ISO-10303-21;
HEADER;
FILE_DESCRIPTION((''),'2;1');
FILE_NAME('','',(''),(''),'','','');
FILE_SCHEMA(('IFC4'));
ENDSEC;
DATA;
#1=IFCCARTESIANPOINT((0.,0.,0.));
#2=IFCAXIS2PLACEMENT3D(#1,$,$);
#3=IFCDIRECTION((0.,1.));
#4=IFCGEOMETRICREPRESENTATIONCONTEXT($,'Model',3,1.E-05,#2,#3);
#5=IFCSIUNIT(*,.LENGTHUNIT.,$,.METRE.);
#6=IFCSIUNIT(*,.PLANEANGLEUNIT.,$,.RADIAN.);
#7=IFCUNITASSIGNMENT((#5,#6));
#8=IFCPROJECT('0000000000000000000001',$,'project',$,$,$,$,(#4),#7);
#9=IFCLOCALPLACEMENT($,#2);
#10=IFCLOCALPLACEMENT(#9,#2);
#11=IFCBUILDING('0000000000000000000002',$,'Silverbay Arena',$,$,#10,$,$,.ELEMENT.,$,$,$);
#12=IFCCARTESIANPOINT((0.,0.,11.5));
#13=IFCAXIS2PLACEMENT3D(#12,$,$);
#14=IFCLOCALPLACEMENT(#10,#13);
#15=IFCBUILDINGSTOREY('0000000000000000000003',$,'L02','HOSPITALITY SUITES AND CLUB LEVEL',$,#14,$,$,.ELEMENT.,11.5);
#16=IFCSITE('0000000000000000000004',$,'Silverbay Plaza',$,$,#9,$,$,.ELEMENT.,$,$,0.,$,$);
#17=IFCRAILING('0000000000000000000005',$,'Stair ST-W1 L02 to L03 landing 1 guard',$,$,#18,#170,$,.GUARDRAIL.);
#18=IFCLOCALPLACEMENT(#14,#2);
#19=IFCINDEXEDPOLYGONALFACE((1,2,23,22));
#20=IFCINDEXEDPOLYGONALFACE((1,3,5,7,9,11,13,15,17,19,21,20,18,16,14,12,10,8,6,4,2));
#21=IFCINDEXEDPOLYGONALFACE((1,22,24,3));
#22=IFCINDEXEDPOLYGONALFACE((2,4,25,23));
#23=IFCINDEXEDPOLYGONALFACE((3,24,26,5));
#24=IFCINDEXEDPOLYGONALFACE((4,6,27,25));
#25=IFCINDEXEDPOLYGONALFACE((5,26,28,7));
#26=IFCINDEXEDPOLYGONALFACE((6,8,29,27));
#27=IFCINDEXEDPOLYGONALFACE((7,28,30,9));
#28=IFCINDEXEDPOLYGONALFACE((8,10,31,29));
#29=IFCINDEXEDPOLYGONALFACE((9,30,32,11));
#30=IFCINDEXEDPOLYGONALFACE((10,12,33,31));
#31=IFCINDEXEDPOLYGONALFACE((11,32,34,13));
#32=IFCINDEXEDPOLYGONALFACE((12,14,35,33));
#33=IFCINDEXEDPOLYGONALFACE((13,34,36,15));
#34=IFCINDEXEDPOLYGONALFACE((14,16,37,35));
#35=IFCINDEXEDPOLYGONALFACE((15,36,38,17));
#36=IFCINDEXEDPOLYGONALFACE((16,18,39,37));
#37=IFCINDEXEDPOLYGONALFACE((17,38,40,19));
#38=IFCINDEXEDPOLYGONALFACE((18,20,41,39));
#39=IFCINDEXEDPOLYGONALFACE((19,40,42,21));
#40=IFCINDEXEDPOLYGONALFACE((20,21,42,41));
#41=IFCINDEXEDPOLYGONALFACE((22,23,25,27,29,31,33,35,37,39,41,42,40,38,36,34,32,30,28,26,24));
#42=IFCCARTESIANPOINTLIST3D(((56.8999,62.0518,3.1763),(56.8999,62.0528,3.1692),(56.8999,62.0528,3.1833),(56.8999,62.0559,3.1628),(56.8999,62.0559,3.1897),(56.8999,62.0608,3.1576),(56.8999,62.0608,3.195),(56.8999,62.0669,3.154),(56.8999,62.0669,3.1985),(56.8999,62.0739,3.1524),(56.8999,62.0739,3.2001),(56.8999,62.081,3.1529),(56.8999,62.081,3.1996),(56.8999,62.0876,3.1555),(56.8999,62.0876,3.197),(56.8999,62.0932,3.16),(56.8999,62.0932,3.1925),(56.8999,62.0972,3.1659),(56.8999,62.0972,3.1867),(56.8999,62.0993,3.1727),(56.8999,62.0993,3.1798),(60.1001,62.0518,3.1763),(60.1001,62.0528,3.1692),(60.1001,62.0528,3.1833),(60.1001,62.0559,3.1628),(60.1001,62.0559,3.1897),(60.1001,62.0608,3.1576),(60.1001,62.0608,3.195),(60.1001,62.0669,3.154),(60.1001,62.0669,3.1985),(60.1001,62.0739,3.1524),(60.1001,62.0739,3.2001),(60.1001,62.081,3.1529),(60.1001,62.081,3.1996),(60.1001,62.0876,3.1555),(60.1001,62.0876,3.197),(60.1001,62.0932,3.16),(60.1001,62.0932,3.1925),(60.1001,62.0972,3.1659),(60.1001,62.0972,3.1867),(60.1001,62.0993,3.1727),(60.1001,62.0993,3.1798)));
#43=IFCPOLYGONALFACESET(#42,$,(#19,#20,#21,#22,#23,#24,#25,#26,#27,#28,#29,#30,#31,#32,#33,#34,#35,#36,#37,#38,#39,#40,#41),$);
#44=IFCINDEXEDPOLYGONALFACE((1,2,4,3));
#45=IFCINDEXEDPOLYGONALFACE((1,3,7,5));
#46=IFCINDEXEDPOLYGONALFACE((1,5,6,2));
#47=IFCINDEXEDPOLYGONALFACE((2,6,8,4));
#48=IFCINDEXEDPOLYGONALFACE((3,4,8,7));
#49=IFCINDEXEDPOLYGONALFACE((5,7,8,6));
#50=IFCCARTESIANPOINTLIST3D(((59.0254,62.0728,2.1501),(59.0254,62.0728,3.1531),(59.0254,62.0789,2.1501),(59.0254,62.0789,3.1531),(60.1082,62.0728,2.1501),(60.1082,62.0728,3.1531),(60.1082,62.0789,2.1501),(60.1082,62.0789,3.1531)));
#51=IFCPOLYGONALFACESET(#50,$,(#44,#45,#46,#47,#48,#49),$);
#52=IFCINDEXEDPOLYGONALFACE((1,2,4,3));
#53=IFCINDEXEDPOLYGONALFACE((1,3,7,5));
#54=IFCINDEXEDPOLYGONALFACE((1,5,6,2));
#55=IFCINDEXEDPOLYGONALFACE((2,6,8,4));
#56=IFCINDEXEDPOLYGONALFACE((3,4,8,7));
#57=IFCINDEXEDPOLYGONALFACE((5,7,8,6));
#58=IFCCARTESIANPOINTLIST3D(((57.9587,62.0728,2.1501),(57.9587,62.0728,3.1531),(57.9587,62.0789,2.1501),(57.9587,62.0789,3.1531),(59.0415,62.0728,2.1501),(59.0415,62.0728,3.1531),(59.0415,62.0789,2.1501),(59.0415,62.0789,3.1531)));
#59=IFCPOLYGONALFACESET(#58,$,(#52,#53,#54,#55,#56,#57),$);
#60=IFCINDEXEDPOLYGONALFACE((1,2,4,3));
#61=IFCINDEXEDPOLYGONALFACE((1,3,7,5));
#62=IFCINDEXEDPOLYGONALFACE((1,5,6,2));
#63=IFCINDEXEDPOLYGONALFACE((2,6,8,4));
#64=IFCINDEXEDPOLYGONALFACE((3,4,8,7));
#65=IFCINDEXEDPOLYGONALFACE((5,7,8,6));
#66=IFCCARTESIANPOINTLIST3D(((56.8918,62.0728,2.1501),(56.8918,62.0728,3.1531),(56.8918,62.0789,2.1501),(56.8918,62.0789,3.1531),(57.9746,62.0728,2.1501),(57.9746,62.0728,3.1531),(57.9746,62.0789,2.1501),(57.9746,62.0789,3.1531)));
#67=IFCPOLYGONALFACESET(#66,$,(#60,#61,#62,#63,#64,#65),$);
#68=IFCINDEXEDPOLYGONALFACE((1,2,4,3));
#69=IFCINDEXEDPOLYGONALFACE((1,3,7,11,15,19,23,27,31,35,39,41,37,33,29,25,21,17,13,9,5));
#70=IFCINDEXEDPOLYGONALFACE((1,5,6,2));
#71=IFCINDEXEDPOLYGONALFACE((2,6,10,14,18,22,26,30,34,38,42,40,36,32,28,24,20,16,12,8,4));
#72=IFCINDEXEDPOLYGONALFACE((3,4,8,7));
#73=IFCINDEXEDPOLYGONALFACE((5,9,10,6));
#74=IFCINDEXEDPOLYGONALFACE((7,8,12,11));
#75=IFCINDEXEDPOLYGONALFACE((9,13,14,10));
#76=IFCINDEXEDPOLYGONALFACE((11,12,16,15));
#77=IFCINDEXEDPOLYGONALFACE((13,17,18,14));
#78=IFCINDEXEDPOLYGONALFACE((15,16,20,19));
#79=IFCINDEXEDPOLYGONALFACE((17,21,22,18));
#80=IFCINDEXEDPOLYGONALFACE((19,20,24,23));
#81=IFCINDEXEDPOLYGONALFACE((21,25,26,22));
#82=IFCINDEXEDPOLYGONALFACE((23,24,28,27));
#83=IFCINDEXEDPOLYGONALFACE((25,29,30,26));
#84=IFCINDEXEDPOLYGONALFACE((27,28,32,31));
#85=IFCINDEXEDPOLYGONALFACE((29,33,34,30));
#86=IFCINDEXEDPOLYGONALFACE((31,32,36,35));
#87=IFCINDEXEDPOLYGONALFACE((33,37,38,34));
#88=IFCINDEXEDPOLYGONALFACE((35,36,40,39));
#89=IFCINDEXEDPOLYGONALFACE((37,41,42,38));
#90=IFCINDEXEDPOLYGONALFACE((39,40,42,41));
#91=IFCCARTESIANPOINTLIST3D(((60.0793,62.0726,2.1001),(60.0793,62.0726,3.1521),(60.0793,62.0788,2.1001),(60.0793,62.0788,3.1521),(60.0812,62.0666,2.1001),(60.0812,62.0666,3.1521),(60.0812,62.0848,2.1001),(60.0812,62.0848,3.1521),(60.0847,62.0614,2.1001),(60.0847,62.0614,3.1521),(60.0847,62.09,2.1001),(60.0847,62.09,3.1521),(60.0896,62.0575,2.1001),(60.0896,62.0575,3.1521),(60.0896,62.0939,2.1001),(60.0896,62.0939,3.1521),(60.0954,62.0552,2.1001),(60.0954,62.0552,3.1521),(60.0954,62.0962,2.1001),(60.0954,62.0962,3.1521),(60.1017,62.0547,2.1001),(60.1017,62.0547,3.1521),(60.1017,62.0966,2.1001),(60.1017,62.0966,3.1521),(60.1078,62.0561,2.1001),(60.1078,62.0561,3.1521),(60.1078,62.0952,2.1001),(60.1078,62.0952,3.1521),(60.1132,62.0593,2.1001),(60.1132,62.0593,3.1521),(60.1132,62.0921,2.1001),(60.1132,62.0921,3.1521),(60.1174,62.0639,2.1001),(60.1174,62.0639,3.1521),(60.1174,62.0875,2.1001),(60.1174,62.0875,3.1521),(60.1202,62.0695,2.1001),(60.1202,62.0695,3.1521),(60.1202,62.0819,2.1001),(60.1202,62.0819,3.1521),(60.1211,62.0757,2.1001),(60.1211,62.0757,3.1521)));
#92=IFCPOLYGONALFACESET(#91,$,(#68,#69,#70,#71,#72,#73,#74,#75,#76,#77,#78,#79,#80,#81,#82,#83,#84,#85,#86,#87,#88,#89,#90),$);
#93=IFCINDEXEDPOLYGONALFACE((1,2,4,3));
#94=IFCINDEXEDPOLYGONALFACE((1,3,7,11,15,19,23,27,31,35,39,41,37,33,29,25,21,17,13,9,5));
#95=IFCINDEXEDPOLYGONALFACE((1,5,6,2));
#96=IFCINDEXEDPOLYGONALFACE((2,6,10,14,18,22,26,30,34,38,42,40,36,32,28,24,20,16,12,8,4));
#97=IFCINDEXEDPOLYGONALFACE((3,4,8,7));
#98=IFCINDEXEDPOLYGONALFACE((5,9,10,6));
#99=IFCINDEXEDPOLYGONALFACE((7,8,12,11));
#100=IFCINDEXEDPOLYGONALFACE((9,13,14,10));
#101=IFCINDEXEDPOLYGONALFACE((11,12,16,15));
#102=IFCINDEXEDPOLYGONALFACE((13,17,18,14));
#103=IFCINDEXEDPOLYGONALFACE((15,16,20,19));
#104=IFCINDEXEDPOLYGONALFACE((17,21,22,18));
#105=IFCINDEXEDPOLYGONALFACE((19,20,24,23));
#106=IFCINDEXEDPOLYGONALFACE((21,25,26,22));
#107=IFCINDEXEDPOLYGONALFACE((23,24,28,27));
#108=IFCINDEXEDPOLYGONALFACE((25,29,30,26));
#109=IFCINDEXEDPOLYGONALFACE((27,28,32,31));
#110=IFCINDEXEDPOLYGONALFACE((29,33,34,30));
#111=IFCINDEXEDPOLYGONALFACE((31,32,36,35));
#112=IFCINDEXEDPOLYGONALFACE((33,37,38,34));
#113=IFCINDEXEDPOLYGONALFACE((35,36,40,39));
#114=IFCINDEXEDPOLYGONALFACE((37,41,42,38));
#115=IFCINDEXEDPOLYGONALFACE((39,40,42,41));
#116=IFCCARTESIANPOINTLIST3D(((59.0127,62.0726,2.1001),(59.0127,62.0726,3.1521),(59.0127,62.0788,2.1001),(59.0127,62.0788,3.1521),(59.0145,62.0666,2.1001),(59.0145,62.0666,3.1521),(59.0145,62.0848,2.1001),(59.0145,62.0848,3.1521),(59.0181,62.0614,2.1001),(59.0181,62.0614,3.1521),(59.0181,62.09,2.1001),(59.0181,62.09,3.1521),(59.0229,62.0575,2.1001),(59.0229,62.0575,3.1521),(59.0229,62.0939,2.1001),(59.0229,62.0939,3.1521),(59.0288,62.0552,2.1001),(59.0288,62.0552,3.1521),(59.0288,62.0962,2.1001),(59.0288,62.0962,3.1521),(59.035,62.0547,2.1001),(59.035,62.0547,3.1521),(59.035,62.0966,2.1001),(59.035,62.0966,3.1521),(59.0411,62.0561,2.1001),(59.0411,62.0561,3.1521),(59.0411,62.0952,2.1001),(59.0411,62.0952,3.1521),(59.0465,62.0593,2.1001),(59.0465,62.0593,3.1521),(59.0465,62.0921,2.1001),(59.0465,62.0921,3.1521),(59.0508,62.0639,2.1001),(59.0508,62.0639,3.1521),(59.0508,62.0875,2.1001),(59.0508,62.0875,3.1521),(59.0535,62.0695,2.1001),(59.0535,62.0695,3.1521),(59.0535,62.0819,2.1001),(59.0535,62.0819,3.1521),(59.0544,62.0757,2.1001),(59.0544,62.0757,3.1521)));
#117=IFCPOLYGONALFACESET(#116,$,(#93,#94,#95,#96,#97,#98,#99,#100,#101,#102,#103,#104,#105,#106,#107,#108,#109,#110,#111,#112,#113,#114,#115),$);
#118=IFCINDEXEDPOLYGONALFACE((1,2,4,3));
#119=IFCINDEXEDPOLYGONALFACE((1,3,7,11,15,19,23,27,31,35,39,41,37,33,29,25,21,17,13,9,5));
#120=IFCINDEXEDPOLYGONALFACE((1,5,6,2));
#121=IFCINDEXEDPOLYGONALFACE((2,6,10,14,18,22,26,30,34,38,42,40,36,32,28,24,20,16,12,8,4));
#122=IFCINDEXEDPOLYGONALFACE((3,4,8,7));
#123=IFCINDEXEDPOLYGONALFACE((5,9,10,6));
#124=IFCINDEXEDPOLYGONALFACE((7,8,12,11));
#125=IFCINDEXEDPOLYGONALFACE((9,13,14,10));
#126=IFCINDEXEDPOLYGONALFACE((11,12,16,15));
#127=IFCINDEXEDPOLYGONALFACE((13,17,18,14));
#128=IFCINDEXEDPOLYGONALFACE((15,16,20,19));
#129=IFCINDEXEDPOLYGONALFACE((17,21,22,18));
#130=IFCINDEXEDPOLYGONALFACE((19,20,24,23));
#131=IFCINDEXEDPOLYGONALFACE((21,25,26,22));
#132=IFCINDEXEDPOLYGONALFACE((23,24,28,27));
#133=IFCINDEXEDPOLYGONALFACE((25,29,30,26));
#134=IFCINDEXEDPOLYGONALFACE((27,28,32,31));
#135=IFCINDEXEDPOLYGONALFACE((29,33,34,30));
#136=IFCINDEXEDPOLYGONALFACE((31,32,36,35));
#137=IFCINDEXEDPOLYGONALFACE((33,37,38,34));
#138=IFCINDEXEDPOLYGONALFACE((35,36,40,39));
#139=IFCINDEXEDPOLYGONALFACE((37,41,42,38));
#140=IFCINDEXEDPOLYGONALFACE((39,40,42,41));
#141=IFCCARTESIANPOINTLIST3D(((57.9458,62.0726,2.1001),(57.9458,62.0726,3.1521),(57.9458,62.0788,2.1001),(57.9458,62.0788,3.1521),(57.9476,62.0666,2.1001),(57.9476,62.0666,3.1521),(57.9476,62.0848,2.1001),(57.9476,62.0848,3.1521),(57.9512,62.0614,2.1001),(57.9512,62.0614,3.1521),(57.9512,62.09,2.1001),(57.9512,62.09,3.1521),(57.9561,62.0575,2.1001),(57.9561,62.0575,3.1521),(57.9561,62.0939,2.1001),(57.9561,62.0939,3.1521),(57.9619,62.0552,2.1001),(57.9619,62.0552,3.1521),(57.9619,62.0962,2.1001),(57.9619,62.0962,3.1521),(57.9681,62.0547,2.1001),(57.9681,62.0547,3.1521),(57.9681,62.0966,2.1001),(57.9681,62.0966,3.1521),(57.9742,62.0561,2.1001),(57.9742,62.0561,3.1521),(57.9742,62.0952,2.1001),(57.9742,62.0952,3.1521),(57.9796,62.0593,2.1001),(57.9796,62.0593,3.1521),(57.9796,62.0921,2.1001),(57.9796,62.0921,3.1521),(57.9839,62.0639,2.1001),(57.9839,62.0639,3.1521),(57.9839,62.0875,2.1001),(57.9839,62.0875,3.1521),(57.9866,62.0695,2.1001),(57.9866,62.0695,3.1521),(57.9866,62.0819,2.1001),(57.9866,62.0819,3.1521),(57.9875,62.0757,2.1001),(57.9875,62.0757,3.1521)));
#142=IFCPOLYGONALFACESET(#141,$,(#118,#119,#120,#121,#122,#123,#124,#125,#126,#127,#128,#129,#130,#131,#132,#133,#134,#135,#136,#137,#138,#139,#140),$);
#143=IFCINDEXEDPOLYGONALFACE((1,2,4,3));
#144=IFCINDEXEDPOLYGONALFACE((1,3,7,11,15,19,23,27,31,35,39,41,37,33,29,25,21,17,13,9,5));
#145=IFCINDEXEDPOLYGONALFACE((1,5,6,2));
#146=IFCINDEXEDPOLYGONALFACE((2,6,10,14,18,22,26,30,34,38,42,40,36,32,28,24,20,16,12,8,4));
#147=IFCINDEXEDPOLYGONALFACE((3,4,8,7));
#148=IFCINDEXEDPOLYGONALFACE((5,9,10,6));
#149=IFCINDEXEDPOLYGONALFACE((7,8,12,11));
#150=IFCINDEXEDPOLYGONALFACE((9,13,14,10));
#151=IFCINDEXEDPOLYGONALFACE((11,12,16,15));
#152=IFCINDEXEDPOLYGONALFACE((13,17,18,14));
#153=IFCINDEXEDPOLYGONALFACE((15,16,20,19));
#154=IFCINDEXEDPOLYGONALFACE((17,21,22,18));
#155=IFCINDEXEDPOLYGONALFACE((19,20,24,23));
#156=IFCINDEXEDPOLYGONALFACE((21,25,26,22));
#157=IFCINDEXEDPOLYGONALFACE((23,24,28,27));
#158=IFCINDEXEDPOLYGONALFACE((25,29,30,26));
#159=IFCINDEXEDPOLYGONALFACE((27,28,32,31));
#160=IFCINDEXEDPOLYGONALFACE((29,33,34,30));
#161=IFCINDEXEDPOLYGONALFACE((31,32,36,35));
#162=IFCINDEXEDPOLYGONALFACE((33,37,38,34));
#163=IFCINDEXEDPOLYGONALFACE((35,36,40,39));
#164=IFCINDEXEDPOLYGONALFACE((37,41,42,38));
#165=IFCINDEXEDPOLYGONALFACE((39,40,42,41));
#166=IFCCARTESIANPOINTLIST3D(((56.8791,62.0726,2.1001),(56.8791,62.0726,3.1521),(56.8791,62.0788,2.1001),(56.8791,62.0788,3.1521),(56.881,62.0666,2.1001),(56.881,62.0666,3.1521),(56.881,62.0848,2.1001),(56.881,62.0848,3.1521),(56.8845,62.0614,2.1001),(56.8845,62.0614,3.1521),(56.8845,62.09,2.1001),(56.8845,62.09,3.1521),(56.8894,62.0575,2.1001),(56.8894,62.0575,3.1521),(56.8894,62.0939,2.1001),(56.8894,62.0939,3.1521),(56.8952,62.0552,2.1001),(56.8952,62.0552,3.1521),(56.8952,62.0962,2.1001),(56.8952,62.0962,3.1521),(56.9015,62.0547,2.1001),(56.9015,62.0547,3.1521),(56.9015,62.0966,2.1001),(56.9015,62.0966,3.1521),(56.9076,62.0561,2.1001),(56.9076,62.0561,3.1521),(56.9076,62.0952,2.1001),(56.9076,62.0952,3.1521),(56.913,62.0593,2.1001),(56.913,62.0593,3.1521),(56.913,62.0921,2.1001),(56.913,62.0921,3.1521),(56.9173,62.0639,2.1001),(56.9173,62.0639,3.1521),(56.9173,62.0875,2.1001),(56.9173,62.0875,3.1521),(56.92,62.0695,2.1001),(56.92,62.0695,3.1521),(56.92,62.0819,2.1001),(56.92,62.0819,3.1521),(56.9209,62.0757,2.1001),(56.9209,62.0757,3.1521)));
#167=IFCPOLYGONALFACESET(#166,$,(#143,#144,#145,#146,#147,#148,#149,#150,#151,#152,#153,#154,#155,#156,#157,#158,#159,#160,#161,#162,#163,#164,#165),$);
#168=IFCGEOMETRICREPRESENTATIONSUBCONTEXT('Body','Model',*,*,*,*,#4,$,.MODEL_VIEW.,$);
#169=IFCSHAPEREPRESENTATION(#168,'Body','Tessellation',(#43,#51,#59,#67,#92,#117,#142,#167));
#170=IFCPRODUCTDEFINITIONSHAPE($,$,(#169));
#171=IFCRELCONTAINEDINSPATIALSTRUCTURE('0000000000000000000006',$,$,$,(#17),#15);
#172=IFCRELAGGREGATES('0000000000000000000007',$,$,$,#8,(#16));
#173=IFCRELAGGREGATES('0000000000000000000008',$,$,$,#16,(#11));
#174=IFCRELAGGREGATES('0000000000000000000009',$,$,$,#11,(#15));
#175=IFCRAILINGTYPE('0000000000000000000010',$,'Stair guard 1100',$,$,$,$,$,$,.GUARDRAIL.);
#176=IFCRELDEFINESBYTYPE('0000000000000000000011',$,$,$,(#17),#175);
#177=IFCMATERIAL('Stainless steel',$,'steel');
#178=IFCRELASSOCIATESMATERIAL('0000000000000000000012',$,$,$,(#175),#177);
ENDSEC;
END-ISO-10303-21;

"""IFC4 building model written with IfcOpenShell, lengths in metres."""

from ifc_helpers import new_model, si_unit, direction, frame, origin, origin_2d, place, context, subcontext, project, spatial, polyline, circle, outline, extrude, material, type_object, element, save


model = new_model("IFC4")

# Units and contexts
model_context = context("Model", 3, precision=1e-05, world=origin(), true_north=direction((0.0, 1.0)))
body_context = subcontext(model_context, "Body", "Model", "MODEL_VIEW")
ifc_project = project(units=[si_unit("LENGTHUNIT", "METRE"), si_unit("PLANEANGLEUNIT", "RADIAN")], contexts=[model_context])

# Site, building, storey
site_placement = place(None, origin())
site = spatial("IfcSite", under=ifc_project, at=site_placement, Name="Silverbay Plaza", CompositionType="ELEMENT", RefElevation=0.0)
building_placement = place(site_placement, origin())
building = spatial("IfcBuilding", under=site, at=building_placement, Name="Silverbay Arena", CompositionType="ELEMENT")
storey_placement = place(building_placement, frame((0.0, 0.0, 11.5)))
storey = spatial("IfcBuildingStorey", under=building, at=storey_placement, Name="L02", Description="HOSPITALITY SUITES AND CLUB LEVEL", CompositionType="ELEMENT", Elevation=11.5)

# Railing
ifc_material_1 = material(Name="Stainless steel", Category="steel")
railing_type_1 = type_object("IfcRailingType", Name="Stair guard 1100", PredefinedType="GUARDRAIL", material=ifc_material_1)
for number, where, name in (
    (1, (60.1001, 62.0757, 2.1001), "Stair ST-W1 L02 to L03 landing 1 guard"),
):
    element("IfcRailing", number, at=place(storey_placement, frame(where)), inside=storey, type_object=railing_type_1, Name=name, PredefinedType="GUARDRAIL", context=body_context, shape_type="SweptSolid", body=[
        extrude(circle(Radius=0.0239, at=origin_2d()), frame((0.0, 0.0, 1.0762), z_axis=(-1.0, 0.0, 0.0), x_axis=(0.0, -1.0, 0.0)), (0.0, 0.0, 1.0), 3.2002),
        extrude(outline(polyline([(-0.0081, 0.05), (1.0747, 0.05), (1.0747, 1.053), (-0.0081, 1.053), (-0.0081, 0.05)])), frame((0.0, -0.0029, 0.0), z_axis=(0.0, 1.0, 0.0), x_axis=(-1.0, 0.0, 0.0)), (0.0, 0.0, 1.0), 0.0061),
        extrude(outline(polyline([(-0.0081, 0.05), (1.0747, 0.05), (1.0747, 1.053), (-0.0081, 1.053), (-0.0081, 0.05)])), frame((-1.0667, -0.0029, 0.0), z_axis=(0.0, 1.0, 0.0), x_axis=(-1.0, 0.0, 0.0)), (0.0, 0.0, 1.0), 0.0061),
        extrude(outline(polyline([(-0.0081, 0.05), (1.0747, 0.05), (1.0747, 1.053), (-0.0081, 1.053), (-0.0081, 0.05)])), frame((-2.1335, -0.0029, 0.0), z_axis=(0.0, 1.0, 0.0), x_axis=(-1.0, 0.0, 0.0)), (0.0, 0.0, 1.0), 0.0061),
        extrude(circle(Radius=0.021, at=origin_2d()), origin(), (0.0, 0.0, 1.0), 1.052),
        extrude(circle(Radius=0.021, at=origin_2d()), frame((-1.0667, 0.0, 0.0)), (0.0, 0.0, 1.0), 1.052),
        extrude(circle(Radius=0.021, at=origin_2d()), frame((-2.1335, 0.0, 0.0)), (0.0, 0.0, 1.0), 1.052),
        extrude(circle(Radius=0.021, at=origin_2d()), frame((-3.2002, 0.0, 0.0)), (0.0, 0.0, 1.0), 1.052),
    ])

save(model, "model.ifc")
